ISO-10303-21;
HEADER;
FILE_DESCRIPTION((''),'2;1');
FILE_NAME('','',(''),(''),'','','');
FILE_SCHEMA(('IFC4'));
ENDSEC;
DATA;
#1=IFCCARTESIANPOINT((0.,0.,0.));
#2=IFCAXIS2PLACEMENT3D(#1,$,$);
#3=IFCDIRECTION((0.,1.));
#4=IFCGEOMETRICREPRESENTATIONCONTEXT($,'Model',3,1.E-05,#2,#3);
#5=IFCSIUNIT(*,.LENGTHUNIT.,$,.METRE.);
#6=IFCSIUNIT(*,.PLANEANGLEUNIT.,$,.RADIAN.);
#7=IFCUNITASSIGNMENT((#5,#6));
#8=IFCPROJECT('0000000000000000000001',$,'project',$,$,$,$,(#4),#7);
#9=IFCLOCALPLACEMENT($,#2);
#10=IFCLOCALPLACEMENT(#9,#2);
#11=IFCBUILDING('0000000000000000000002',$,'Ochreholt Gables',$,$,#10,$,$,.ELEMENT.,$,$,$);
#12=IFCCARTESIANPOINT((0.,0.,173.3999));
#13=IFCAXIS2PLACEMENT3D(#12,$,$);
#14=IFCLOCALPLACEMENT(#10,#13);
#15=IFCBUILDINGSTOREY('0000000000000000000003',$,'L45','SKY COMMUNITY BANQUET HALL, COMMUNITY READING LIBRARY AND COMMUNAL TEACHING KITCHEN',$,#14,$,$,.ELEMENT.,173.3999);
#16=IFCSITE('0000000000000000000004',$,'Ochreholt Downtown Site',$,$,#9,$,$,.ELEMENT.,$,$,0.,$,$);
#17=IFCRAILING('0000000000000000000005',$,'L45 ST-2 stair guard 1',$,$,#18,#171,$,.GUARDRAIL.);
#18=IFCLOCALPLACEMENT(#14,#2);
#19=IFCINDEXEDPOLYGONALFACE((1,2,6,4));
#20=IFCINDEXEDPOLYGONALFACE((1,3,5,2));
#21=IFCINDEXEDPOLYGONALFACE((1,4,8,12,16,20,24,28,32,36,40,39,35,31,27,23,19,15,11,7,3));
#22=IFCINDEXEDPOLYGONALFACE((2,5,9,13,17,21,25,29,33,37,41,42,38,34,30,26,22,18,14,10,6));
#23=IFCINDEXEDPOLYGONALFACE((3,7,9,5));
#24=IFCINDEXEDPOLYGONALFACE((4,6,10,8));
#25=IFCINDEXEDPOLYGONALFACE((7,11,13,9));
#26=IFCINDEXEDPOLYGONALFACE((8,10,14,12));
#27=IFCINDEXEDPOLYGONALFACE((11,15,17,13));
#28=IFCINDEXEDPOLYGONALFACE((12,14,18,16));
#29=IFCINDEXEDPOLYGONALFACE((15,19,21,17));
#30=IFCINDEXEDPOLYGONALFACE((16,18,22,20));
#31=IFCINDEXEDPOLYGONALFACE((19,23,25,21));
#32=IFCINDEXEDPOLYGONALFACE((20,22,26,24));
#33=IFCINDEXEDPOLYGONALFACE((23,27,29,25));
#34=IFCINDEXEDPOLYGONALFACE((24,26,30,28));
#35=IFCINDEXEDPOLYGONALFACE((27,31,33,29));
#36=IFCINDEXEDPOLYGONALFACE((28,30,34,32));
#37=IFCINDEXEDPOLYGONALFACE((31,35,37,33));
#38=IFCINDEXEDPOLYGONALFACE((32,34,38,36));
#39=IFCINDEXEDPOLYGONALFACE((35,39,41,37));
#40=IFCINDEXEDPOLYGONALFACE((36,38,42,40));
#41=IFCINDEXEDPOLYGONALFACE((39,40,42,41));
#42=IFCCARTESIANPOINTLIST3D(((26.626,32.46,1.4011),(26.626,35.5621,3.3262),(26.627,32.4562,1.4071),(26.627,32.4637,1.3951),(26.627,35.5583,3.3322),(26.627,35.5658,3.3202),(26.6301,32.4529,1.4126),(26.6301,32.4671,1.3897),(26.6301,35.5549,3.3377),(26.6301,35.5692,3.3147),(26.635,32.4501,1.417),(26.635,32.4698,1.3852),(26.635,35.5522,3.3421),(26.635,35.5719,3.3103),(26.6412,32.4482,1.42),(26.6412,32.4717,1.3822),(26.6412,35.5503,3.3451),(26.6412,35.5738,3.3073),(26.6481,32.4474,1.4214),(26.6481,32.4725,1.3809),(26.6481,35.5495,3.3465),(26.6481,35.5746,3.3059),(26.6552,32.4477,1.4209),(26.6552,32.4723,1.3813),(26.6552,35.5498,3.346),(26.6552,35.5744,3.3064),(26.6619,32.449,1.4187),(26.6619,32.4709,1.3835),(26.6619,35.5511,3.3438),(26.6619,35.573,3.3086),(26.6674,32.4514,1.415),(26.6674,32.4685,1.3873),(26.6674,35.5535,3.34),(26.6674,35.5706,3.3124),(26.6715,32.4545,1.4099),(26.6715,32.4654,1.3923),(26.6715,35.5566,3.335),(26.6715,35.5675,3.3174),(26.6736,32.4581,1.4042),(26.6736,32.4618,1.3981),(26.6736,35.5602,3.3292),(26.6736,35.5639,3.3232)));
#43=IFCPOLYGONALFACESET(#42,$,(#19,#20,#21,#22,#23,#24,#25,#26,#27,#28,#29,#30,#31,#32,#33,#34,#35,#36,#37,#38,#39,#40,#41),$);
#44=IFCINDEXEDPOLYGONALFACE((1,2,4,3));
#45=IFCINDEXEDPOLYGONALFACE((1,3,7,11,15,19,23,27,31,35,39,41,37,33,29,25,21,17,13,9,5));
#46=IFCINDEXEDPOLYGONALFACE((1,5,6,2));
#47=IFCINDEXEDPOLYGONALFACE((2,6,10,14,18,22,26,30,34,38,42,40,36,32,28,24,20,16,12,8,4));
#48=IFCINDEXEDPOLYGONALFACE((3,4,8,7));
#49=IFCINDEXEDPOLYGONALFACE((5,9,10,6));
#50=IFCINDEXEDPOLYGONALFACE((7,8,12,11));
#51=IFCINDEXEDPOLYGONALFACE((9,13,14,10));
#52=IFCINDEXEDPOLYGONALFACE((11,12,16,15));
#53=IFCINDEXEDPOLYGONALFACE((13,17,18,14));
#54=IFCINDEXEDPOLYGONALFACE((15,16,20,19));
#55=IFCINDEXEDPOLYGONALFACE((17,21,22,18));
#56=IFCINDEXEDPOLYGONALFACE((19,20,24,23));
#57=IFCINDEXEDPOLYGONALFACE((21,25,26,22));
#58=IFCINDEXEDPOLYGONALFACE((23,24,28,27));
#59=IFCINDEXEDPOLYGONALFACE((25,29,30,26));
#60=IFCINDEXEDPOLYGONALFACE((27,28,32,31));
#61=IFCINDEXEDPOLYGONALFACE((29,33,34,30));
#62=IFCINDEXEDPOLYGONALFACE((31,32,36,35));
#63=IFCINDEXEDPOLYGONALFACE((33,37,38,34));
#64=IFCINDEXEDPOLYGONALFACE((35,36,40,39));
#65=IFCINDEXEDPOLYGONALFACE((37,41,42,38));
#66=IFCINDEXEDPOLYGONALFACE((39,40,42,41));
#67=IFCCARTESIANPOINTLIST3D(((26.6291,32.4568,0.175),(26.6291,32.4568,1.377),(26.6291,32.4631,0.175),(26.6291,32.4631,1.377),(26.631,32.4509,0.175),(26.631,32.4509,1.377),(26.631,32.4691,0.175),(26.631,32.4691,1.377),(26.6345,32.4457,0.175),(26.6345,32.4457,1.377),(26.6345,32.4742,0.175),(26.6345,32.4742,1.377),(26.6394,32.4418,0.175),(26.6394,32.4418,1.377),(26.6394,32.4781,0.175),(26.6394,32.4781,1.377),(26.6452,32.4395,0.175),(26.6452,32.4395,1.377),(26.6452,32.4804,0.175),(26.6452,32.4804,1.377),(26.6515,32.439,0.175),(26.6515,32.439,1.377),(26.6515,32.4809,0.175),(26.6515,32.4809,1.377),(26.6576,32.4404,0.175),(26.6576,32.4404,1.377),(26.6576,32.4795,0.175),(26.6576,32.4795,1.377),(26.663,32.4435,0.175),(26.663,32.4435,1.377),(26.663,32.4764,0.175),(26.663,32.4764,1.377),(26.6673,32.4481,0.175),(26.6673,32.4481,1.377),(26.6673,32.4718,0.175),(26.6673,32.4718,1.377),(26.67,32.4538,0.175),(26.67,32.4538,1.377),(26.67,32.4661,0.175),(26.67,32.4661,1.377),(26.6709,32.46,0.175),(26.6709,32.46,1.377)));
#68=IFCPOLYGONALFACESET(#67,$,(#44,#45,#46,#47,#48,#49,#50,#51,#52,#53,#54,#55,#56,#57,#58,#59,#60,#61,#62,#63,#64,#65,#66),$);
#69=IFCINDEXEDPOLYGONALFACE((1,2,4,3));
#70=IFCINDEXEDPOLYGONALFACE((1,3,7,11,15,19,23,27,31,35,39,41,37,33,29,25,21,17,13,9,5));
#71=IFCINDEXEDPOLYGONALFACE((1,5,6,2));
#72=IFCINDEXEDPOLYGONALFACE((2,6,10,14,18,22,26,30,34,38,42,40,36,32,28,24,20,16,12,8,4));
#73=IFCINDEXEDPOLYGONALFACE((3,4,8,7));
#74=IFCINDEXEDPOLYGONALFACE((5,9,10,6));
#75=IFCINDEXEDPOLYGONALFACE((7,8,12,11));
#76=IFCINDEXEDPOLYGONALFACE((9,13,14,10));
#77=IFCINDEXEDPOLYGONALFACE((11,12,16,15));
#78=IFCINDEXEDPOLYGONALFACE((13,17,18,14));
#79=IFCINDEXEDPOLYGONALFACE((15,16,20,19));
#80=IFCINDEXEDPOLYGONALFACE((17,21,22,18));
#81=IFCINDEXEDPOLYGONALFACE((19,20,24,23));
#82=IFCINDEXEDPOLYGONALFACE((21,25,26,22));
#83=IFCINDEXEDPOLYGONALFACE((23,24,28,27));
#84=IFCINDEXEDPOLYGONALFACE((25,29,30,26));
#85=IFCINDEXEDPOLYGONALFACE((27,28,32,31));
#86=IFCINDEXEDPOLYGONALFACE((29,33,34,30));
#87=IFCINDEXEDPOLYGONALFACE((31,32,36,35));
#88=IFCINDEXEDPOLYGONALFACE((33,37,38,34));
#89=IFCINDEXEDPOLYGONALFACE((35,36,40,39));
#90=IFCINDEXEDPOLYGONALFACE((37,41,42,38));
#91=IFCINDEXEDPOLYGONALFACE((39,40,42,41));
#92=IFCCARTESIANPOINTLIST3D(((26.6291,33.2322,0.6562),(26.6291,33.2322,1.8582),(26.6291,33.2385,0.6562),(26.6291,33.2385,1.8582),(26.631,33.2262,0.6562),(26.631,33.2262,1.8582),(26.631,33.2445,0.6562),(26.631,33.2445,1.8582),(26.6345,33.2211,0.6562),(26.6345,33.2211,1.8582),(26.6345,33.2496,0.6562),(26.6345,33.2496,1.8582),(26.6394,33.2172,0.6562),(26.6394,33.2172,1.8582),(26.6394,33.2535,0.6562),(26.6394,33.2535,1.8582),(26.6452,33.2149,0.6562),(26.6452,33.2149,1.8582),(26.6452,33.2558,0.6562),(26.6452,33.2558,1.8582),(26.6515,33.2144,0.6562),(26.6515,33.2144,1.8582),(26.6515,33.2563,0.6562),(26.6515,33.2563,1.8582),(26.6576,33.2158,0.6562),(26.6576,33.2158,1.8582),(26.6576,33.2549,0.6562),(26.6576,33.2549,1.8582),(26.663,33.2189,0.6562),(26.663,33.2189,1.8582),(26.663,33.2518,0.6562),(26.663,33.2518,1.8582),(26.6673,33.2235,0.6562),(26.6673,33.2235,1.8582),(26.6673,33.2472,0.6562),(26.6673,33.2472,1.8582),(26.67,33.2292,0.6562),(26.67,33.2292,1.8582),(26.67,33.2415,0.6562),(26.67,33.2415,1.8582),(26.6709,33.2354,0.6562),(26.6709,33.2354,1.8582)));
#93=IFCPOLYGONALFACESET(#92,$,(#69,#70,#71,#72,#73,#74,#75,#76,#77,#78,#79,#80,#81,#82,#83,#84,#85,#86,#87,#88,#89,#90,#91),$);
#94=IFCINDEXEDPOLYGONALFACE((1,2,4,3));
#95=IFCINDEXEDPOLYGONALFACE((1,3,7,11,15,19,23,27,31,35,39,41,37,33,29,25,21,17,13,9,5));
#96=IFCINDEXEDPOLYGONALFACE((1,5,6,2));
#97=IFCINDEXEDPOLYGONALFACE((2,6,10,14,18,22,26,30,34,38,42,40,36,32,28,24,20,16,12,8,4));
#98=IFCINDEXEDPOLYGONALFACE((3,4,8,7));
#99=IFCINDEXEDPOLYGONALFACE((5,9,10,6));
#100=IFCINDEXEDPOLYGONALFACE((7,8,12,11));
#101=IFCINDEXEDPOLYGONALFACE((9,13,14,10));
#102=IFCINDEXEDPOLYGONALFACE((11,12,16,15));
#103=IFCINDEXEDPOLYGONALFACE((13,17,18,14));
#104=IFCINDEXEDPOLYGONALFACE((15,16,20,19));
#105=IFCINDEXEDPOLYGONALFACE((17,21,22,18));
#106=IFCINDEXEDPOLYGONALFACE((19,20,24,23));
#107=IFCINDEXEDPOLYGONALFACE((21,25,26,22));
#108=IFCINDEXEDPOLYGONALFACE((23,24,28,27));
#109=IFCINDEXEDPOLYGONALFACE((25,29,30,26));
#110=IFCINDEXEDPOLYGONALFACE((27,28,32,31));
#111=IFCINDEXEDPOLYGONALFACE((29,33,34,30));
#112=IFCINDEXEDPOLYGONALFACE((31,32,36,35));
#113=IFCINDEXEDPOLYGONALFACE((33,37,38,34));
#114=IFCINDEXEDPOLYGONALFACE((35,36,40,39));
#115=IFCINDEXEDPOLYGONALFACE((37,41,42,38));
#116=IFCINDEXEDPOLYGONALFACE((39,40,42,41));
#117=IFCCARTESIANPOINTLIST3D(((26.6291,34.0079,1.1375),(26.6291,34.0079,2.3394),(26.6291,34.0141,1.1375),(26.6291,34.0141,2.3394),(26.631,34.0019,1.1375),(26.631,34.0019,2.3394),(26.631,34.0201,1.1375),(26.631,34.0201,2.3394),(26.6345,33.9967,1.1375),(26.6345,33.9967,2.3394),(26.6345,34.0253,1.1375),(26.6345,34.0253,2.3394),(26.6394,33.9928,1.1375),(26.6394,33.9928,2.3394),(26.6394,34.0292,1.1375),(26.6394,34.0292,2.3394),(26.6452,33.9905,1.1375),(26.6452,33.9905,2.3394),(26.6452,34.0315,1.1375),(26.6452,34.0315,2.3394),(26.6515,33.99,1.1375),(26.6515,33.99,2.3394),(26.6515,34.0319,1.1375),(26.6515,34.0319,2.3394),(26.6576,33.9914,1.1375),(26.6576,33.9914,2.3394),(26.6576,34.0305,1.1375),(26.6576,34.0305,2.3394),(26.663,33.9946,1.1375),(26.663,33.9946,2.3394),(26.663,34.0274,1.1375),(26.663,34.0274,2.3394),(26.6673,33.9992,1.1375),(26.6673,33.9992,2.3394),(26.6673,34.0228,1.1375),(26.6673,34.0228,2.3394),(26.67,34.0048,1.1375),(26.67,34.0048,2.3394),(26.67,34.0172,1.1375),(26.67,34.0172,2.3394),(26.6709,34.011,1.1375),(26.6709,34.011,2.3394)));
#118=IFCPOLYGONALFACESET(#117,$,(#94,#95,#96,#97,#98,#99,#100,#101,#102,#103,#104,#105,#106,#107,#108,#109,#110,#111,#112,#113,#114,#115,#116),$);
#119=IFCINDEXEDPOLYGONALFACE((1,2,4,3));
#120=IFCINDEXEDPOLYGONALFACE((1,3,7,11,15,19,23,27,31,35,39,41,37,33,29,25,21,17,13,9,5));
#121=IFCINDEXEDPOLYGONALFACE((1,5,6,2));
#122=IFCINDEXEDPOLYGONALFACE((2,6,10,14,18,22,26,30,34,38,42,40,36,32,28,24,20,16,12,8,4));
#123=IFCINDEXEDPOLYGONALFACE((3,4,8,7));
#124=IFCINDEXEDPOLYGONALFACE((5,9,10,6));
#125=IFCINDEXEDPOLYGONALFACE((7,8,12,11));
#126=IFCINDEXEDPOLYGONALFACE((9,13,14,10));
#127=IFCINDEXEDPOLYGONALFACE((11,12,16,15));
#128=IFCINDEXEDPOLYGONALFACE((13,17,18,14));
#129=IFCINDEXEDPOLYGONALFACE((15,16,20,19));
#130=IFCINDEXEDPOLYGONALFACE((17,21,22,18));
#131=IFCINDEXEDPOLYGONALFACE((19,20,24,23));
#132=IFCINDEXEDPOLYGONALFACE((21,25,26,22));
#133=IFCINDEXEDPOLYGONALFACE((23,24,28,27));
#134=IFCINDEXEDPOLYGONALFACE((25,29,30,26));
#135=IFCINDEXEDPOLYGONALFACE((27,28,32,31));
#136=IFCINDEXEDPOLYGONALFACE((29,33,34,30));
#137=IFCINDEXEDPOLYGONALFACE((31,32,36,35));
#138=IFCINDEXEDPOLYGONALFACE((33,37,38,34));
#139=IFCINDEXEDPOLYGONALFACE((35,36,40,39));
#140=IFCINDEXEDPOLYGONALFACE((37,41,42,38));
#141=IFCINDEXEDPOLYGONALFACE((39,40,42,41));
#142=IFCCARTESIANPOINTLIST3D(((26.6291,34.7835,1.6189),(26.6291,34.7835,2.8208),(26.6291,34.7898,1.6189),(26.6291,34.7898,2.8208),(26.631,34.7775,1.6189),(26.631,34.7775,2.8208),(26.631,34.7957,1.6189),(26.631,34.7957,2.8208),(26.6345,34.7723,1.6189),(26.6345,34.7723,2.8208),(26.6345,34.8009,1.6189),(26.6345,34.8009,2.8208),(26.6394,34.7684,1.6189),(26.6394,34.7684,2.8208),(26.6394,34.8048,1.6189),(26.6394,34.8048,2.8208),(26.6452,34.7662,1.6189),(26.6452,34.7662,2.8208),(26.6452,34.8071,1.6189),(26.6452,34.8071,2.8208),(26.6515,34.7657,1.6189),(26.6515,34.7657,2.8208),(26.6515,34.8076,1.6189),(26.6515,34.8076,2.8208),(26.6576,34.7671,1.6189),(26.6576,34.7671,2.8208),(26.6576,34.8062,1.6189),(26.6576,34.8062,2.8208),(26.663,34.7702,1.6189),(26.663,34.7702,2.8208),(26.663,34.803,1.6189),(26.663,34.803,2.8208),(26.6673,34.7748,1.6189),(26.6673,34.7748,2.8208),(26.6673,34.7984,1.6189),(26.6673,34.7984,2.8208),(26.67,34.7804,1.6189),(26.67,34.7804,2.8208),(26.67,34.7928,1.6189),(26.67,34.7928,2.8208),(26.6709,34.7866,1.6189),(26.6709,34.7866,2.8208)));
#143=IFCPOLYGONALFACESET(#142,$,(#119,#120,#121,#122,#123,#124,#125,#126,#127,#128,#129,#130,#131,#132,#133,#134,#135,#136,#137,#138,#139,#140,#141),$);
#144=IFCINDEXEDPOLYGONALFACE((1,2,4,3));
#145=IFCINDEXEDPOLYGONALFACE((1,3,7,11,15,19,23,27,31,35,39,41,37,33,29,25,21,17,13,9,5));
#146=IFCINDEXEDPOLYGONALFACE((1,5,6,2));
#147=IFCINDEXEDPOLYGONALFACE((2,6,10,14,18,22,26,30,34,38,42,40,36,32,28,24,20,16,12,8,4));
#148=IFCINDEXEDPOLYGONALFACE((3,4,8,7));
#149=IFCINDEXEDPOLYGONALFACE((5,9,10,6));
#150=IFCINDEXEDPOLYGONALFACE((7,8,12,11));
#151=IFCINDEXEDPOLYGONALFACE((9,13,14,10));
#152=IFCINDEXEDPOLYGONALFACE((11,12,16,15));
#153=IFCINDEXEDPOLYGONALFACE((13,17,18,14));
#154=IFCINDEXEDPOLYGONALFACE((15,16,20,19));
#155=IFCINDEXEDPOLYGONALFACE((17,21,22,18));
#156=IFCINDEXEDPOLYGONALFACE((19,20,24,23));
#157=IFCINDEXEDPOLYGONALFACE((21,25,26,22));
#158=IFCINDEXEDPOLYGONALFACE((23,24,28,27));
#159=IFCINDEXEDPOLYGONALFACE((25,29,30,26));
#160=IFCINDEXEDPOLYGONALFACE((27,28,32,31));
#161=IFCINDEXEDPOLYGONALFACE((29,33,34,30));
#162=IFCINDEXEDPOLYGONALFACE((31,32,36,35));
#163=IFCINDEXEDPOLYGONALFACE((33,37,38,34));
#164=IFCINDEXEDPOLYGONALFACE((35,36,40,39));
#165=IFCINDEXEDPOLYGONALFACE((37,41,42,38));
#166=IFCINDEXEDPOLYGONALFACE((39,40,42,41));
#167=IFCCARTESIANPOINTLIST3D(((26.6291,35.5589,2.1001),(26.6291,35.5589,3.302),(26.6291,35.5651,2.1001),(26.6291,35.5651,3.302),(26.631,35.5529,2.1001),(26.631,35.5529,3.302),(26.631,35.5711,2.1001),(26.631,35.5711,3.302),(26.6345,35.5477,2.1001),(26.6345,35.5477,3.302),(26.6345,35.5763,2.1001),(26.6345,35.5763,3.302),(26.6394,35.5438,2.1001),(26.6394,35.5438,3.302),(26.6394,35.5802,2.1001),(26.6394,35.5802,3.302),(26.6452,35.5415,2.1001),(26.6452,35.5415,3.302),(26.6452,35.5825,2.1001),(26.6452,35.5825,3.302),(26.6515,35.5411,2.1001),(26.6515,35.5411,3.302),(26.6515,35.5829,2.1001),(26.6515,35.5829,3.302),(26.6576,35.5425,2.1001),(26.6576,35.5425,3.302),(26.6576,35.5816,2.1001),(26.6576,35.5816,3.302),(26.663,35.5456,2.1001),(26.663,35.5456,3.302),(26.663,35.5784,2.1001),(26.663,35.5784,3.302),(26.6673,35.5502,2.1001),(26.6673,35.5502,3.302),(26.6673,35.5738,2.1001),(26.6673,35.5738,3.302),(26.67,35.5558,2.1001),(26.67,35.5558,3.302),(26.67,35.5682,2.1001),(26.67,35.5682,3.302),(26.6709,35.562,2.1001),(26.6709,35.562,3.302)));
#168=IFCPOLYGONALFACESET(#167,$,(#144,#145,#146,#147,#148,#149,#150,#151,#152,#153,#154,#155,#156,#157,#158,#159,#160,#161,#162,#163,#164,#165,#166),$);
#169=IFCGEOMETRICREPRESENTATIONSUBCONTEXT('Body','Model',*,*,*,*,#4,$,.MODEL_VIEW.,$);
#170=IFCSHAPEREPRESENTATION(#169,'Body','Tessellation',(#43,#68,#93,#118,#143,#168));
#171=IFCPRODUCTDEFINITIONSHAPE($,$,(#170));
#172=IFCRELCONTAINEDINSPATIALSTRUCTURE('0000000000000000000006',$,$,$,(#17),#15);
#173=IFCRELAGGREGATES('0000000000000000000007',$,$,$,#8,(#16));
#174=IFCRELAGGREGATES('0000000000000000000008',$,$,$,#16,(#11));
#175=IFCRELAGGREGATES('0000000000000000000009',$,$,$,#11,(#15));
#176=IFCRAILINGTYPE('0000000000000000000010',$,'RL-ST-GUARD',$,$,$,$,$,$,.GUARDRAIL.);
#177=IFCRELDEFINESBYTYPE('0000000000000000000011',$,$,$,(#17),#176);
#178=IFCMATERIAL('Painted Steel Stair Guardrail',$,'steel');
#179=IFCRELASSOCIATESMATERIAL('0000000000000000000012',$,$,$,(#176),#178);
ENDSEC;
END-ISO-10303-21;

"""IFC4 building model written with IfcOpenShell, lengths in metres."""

from ifc_helpers import new_model, si_unit, direction, frame, origin, origin_2d, place, context, subcontext, project, spatial, circle, extrude, material, type_object, element, save


model = new_model("IFC4")

# Units and contexts
model_context = context("Model", 3, precision=1e-05, world=origin(), true_north=direction((0.0, 1.0)))
body_context = subcontext(model_context, "Body", "Model", "MODEL_VIEW")
ifc_project = project(units=[si_unit("LENGTHUNIT", "METRE"), si_unit("PLANEANGLEUNIT", "RADIAN")], contexts=[model_context])

# Site, building, storey
site_placement = place(None, origin())
site = spatial("IfcSite", under=ifc_project, at=site_placement, Name="Ochreholt Downtown Site", CompositionType="ELEMENT", RefElevation=0.0)
building_placement = place(site_placement, origin())
building = spatial("IfcBuilding", under=site, at=building_placement, Name="Ochreholt Gables", CompositionType="ELEMENT")
storey_placement = place(building_placement, frame((0.0, 0.0, 173.3999)))
storey = spatial("IfcBuildingStorey", under=building, at=storey_placement, Name="L45", Description="SKY COMMUNITY BANQUET HALL, COMMUNITY READING LIBRARY AND COMMUNAL TEACHING KITCHEN", CompositionType="ELEMENT", Elevation=173.3999)

# Railing
ifc_material_1 = material(Name="Painted Steel Stair Guardrail", Category="steel")
railing_type_1 = type_object("IfcRailingType", Name="RL-ST-GUARD", PredefinedType="GUARDRAIL", material=ifc_material_1)
railing_1_placement = place(storey_placement, frame((26.6499, 32.46, 0.175)))
element("IfcRailing", 1, at=railing_1_placement, inside=storey, type_object=railing_type_1, Name="L45 ST-2 stair guard 1", PredefinedType="GUARDRAIL", context=body_context, shape_type="SweptSolid", body=[
    extrude(circle(Radius=0.0239, at=origin_2d()), frame((0.0, 0.0, 1.2261), z_axis=(0.0, 0.849685, 0.527291), x_axis=(-1.0, 0.0, 0.0)), (0.0, 0.0, 1.0), 3.6509),
    extrude(circle(Radius=0.021, at=origin_2d()), origin(), (0.0, 0.0, 1.0), 1.2019),
    extrude(circle(Radius=0.021, at=origin_2d()), frame((0.0, 0.7754, 0.4812)), (0.0, 0.0, 1.0), 1.2019),
    extrude(circle(Radius=0.021, at=origin_2d()), frame((0.0, 1.551, 0.9624)), (0.0, 0.0, 1.0), 1.2019),
    extrude(circle(Radius=0.021, at=origin_2d()), frame((0.0, 2.3267, 1.4438)), (0.0, 0.0, 1.0), 1.2019),
    extrude(circle(Radius=0.021, at=origin_2d()), frame((0.0, 3.1021, 1.925)), (0.0, 0.0, 1.0), 1.2019),
])

save(model, "model.ifc")
